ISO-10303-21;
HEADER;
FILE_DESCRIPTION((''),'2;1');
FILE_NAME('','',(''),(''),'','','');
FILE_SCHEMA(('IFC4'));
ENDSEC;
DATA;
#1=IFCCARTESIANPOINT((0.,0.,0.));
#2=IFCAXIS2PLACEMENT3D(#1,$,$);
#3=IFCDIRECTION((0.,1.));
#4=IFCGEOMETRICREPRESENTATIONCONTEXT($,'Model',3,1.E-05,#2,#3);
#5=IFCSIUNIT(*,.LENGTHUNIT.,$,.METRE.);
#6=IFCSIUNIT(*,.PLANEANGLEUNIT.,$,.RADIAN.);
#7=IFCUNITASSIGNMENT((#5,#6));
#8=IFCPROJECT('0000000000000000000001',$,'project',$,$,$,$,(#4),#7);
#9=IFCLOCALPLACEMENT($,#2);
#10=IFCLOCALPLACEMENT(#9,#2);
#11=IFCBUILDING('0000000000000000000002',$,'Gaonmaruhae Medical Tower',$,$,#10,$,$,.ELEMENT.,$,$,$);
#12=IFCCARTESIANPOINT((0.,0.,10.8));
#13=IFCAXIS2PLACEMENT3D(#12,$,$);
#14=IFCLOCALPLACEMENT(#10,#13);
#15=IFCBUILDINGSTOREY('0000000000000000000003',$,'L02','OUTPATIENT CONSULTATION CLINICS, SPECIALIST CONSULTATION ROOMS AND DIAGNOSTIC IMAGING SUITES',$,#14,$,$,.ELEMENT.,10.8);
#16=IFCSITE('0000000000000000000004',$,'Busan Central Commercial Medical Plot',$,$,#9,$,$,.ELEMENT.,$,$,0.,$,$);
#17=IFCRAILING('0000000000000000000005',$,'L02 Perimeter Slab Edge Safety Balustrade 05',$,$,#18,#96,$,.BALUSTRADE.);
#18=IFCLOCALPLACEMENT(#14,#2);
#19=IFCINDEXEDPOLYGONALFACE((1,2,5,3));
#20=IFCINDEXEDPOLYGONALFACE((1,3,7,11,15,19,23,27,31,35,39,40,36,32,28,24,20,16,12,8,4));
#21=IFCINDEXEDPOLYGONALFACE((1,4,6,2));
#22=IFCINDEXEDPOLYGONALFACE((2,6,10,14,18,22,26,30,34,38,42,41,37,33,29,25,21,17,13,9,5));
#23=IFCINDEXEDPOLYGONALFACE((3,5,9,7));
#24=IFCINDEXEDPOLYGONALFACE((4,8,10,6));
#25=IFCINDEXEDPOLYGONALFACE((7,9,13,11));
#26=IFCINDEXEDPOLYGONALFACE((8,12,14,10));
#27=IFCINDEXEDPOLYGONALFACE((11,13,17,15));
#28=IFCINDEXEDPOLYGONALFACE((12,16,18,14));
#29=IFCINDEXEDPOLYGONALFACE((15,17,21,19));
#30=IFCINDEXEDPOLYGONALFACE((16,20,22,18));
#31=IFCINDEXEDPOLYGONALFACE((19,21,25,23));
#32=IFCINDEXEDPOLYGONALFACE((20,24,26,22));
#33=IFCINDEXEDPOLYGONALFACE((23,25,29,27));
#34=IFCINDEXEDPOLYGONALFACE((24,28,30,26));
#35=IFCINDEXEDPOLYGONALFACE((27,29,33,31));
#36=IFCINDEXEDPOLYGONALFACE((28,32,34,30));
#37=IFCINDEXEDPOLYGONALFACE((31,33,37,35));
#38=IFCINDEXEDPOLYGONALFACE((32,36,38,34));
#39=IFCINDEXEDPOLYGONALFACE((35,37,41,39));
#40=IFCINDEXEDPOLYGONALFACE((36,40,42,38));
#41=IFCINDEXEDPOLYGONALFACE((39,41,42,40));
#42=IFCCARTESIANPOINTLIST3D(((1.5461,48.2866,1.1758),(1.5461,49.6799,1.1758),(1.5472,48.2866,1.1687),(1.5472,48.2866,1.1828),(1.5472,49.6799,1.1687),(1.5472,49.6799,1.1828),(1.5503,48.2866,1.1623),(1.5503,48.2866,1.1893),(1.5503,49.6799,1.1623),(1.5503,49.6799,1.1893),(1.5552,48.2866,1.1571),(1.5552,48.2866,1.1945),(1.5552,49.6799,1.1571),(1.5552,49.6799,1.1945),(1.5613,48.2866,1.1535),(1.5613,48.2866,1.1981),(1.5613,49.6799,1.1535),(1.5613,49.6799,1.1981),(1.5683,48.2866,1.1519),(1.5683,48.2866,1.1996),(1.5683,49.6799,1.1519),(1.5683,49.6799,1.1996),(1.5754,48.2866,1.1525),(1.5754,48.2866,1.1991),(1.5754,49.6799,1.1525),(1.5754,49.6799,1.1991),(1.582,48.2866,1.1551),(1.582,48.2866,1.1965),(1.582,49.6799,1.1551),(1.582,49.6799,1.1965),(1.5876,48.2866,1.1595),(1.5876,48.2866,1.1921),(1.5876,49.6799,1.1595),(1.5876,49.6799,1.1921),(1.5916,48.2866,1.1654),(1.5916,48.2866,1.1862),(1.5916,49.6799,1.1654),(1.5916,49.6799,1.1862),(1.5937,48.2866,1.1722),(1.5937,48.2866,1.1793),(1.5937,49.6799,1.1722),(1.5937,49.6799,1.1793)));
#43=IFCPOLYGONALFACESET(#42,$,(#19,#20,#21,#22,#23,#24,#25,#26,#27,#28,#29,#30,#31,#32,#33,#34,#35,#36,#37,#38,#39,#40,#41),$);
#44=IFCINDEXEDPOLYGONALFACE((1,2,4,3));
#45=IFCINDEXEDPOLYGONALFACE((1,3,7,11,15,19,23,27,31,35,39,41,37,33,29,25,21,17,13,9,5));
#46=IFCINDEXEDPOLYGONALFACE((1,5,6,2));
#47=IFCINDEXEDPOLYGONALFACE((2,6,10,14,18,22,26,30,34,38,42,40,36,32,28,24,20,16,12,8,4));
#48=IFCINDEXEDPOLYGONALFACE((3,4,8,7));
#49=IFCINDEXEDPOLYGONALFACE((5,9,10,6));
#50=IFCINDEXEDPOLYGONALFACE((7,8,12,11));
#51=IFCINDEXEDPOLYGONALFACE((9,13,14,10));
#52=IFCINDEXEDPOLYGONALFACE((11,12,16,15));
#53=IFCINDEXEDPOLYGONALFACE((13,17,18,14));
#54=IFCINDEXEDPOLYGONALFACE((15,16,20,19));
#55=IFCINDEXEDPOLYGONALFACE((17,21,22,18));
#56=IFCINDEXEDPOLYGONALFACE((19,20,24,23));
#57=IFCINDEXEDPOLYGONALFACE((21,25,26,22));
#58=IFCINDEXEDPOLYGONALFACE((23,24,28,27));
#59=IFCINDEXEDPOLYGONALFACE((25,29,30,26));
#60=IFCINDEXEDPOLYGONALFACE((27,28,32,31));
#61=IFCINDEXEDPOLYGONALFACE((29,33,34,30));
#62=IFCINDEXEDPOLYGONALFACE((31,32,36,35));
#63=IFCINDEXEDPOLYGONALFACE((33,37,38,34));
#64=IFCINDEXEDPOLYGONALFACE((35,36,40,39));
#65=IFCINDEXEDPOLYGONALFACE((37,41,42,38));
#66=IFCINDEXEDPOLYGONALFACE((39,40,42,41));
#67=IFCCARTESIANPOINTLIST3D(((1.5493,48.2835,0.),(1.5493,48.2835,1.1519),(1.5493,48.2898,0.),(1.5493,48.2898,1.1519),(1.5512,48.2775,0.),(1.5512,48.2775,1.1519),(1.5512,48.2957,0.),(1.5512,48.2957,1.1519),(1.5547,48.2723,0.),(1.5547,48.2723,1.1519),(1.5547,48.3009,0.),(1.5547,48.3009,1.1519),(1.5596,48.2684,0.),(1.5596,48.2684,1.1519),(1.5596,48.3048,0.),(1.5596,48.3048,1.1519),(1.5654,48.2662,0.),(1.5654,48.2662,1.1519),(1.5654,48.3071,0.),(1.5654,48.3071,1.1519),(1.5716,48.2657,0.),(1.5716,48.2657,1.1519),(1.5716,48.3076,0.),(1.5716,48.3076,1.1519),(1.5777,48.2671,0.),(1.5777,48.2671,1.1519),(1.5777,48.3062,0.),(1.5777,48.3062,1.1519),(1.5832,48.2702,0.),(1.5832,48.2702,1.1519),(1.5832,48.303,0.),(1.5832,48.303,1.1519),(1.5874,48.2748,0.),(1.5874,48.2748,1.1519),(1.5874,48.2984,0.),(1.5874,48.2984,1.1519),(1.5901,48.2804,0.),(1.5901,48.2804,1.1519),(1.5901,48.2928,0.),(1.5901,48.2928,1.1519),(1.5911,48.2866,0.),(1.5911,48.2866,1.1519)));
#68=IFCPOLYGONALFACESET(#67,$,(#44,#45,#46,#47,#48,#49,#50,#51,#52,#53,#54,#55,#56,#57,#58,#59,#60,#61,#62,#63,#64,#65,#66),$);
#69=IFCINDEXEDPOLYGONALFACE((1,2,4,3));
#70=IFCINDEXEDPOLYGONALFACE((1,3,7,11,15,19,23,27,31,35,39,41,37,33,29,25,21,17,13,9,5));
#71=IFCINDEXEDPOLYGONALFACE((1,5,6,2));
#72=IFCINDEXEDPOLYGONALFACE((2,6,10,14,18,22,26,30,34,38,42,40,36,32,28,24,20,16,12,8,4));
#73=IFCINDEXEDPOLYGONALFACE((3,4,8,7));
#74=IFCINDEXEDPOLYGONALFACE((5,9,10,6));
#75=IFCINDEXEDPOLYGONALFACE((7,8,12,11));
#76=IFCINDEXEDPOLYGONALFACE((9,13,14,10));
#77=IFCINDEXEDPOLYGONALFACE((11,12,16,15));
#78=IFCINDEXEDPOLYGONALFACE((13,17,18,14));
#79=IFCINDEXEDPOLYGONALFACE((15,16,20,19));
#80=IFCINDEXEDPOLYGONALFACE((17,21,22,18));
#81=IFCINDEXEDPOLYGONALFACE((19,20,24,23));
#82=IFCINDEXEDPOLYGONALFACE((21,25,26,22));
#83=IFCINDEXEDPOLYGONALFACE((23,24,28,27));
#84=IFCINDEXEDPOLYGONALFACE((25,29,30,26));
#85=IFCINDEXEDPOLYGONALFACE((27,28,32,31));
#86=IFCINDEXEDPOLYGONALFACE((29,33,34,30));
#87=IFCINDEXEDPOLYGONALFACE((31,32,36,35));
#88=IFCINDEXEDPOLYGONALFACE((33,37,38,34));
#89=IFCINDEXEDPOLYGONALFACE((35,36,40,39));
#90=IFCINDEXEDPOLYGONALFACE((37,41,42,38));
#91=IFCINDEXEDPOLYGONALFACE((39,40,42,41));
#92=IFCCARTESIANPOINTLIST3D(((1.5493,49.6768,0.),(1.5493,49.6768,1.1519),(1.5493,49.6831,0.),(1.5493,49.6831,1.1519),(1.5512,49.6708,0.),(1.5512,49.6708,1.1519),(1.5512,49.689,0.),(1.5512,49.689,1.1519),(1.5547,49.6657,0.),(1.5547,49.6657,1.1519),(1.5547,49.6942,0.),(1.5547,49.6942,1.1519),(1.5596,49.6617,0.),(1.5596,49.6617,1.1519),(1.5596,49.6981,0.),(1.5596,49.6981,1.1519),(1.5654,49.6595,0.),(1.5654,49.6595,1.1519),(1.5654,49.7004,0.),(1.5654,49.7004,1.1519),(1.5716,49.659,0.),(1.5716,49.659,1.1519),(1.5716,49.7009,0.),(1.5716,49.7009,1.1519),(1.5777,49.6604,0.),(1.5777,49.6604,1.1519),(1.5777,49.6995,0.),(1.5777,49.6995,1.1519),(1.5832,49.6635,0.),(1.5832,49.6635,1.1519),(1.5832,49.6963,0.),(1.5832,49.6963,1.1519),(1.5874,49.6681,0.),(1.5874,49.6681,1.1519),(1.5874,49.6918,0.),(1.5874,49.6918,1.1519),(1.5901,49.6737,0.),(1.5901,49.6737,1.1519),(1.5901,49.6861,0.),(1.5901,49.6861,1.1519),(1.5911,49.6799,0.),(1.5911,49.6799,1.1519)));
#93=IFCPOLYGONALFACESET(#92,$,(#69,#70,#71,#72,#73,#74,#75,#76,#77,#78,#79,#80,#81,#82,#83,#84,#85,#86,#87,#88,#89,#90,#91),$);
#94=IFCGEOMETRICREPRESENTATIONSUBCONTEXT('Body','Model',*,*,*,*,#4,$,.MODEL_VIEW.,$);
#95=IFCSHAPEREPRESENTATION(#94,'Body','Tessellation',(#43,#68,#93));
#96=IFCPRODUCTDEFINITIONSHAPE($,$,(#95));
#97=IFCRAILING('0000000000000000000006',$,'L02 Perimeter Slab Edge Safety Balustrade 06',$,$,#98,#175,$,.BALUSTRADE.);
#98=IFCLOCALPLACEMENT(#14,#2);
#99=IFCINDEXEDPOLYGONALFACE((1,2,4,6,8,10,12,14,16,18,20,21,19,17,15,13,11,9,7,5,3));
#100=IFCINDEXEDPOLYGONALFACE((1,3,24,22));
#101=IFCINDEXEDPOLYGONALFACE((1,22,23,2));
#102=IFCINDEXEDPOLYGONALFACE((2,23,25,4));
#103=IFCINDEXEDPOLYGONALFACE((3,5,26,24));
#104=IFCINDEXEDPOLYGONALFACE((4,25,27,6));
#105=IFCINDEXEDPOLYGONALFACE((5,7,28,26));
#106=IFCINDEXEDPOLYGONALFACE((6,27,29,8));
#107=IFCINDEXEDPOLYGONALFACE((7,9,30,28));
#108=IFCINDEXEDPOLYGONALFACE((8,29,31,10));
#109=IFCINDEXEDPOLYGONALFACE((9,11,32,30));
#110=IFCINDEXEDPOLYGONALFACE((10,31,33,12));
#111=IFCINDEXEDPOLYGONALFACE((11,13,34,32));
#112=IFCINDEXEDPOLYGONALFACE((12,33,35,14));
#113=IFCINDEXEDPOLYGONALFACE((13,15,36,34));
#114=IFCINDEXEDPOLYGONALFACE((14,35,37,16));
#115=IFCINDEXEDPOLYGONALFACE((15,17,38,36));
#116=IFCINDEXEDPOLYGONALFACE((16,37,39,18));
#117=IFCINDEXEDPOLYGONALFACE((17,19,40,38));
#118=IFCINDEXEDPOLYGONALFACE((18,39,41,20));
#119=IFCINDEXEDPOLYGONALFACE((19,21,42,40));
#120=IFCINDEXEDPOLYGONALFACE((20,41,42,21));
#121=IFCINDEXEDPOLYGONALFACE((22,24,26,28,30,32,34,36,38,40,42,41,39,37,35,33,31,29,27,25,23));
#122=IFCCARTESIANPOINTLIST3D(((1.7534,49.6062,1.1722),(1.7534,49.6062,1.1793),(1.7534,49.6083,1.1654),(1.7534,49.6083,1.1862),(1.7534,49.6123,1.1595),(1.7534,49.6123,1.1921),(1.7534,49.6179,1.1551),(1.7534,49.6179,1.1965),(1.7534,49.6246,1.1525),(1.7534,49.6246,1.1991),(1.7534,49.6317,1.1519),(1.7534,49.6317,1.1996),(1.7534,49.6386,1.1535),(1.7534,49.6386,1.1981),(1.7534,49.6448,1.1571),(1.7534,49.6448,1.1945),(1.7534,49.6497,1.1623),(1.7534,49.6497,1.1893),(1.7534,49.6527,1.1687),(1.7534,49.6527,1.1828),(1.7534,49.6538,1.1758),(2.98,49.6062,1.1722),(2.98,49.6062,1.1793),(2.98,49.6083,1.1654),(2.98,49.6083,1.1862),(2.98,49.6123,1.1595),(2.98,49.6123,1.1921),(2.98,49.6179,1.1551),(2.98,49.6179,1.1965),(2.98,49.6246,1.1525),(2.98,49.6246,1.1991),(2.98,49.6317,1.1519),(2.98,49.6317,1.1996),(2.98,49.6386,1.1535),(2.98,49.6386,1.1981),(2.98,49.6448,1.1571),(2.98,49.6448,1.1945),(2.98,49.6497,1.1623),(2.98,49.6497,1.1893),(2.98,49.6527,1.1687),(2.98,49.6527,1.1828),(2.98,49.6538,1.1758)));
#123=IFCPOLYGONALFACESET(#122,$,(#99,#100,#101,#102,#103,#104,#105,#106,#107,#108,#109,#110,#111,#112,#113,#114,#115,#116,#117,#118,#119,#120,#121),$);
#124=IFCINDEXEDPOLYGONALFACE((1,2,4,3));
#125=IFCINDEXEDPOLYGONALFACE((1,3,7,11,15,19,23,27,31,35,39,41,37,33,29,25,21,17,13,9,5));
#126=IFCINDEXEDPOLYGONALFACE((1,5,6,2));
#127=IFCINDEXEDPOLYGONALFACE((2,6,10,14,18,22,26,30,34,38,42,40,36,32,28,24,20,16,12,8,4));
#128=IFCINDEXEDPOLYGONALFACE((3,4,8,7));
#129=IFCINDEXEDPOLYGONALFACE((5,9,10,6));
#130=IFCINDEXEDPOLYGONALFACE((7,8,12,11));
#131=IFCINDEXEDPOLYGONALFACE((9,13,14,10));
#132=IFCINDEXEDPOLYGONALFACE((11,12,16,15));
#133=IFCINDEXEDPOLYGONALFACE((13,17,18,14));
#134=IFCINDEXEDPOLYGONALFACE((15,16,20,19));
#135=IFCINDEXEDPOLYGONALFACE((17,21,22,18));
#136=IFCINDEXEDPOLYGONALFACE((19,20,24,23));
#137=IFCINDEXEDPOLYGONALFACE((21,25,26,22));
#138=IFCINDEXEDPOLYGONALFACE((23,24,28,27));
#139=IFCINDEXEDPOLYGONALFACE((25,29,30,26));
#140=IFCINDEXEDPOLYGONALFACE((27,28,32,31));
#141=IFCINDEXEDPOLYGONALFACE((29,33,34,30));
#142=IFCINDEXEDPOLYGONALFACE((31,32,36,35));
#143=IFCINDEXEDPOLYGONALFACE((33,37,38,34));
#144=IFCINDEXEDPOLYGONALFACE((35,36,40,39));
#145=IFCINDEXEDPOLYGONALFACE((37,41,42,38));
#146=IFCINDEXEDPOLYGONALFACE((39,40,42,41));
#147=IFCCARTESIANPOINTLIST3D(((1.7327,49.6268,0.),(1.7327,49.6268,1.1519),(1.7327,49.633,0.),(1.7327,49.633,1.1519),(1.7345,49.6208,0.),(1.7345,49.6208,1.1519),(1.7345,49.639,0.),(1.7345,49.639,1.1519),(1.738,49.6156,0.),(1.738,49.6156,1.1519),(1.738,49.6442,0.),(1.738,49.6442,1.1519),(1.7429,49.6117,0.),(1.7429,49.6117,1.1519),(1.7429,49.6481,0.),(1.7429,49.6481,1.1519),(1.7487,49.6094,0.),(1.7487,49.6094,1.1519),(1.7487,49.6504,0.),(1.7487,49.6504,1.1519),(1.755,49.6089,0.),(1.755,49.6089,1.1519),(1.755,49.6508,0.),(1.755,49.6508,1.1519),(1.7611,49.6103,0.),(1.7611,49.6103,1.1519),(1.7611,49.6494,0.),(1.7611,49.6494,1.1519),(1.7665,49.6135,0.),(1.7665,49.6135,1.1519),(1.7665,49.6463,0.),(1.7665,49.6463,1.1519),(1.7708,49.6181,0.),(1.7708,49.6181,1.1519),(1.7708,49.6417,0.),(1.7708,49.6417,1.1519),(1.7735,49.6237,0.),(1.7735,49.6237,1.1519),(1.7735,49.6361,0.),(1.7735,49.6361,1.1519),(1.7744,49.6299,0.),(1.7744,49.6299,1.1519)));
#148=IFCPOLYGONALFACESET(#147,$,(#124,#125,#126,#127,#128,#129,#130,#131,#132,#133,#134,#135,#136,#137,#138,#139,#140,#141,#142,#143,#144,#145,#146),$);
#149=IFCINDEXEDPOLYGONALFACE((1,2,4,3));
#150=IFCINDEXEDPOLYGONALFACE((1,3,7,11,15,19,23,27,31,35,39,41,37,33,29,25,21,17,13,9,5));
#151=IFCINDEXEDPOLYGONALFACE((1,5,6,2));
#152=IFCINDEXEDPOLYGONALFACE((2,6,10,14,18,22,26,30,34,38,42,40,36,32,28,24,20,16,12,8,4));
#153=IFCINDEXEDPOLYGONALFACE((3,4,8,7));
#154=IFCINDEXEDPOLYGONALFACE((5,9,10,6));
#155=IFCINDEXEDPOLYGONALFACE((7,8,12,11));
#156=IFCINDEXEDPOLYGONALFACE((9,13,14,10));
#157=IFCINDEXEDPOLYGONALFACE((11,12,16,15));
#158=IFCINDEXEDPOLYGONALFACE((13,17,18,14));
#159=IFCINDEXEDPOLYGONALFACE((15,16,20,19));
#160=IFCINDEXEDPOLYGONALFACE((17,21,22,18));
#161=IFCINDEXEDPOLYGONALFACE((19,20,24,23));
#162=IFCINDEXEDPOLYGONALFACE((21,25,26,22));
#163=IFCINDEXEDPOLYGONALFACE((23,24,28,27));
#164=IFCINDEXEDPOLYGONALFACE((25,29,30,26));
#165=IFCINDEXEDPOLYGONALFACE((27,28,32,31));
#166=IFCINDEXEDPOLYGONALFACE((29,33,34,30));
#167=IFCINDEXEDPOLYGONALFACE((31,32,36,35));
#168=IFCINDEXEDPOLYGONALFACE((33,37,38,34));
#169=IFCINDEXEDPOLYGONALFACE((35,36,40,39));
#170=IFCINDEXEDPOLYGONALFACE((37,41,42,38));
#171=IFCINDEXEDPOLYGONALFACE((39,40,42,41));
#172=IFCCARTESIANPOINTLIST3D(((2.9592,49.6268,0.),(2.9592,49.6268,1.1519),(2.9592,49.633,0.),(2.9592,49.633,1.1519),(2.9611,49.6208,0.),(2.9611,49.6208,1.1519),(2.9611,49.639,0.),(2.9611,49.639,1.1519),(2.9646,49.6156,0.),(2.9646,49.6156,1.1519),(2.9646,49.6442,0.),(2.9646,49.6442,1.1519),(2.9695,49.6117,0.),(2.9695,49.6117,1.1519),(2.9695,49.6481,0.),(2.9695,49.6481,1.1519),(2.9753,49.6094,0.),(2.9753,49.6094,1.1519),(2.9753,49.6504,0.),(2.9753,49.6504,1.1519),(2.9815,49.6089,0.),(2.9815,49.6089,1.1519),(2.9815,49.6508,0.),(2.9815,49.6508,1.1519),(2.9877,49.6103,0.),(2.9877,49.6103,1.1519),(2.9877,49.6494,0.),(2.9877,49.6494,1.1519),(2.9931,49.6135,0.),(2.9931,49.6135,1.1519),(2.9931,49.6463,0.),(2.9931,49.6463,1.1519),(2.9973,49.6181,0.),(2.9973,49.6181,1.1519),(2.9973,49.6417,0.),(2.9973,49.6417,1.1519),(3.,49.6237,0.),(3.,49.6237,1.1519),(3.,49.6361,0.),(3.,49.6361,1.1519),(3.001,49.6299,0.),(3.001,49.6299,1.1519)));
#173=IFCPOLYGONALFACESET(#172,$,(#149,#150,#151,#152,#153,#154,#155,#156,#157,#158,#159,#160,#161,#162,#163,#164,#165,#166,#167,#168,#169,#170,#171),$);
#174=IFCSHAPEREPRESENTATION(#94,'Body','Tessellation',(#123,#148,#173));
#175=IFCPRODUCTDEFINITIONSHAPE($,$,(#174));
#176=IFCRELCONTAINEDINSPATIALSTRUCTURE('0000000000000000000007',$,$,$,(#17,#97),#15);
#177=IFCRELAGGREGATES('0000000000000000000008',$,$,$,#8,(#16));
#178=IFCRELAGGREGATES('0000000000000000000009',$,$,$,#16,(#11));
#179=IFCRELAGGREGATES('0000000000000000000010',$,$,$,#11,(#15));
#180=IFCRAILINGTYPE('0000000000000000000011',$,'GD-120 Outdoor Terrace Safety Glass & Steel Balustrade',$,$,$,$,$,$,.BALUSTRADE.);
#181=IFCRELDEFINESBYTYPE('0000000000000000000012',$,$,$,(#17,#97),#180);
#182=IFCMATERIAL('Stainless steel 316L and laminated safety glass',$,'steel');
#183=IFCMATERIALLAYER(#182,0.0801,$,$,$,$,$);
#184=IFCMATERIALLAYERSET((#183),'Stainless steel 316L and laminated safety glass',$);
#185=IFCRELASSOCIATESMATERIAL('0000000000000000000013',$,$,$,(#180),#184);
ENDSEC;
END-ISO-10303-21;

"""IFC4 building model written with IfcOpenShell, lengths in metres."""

from ifc_helpers import new_model, si_unit, direction, frame, origin, origin_2d, place, context, subcontext, project, spatial, circle, extrude, material, layer, layer_set, type_object, element, save


model = new_model("IFC4")

# Units and contexts
model_context = context("Model", 3, precision=1e-05, world=origin(), true_north=direction((0.0, 1.0)))
body_context = subcontext(model_context, "Body", "Model", "MODEL_VIEW")
ifc_project = project(units=[si_unit("LENGTHUNIT", "METRE"), si_unit("PLANEANGLEUNIT", "RADIAN")], contexts=[model_context])

# Site, building, storey
site_placement = place(None, origin())
site = spatial("IfcSite", under=ifc_project, at=site_placement, Name="Busan Central Commercial Medical Plot", CompositionType="ELEMENT", RefElevation=0.0)
building_placement = place(site_placement, origin())
building = spatial("IfcBuilding", under=site, at=building_placement, Name="Gaonmaruhae Medical Tower", CompositionType="ELEMENT")
storey_placement = place(building_placement, frame((0.0, 0.0, 10.8)))
storey = spatial("IfcBuildingStorey", under=building, at=storey_placement, Name="L02", Description="OUTPATIENT CONSULTATION CLINICS, SPECIALIST CONSULTATION ROOMS AND DIAGNOSTIC IMAGING SUITES", CompositionType="ELEMENT", Elevation=10.8)

# Railings
ifc_material_1 = material(Name="Stainless steel 316L and laminated safety glass", Category="steel")
ifc_layer_1 = layer(ifc_material_1, 0.0801)
ifc_layer_set_1 = layer_set([ifc_layer_1], Name="Stainless steel 316L and laminated safety glass")
railing_type_1 = type_object("IfcRailingType", Name="GD-120 Outdoor Terrace Safety Glass & Steel Balustrade", PredefinedType="BALUSTRADE", material=ifc_layer_set_1)
railing_1_placement = place(storey_placement, frame((1.5701, 48.2866, 0.0)))
element("IfcRailing", 1, at=railing_1_placement, inside=storey, type_object=railing_type_1, Name="L02 Perimeter Slab Edge Safety Balustrade 05", PredefinedType="BALUSTRADE", context=body_context, shape_type="SweptSolid", body=[
    extrude(circle(Radius=0.0239, at=origin_2d()), frame((0.0, 0.0, 1.1758), z_axis=(0.0, 1.0, 0.0), x_axis=(-1.0, 0.0, 0.0)), (0.0, 0.0, 1.0), 1.3933),
    extrude(circle(Radius=0.021, at=origin_2d()), origin(), (0.0, 0.0, 1.0), 1.1519),
    extrude(circle(Radius=0.021, at=origin_2d()), frame((0.0, 1.3933, 0.0)), (0.0, 0.0, 1.0), 1.1519),
])
railing_2_placement = place(storey_placement, frame((1.7534, 49.6299, 0.0)))
element("IfcRailing", 2, at=railing_2_placement, inside=storey, type_object=railing_type_1, Name="L02 Perimeter Slab Edge Safety Balustrade 06", PredefinedType="BALUSTRADE", context=body_context, shape_type="SweptSolid", body=[
    extrude(circle(Radius=0.0239, at=origin_2d()), frame((0.0, 0.0, 1.1758), z_axis=(1.0, 0.0, 0.0), x_axis=(0.0, 1.0, 0.0)), (0.0, 0.0, 1.0), 1.2266),
    extrude(circle(Radius=0.021, at=origin_2d()), origin(), (0.0, 0.0, 1.0), 1.1519),
    extrude(circle(Radius=0.021, at=origin_2d()), frame((1.2266, 0.0, 0.0)), (0.0, 0.0, 1.0), 1.1519),
])

save(model, "model.ifc")
